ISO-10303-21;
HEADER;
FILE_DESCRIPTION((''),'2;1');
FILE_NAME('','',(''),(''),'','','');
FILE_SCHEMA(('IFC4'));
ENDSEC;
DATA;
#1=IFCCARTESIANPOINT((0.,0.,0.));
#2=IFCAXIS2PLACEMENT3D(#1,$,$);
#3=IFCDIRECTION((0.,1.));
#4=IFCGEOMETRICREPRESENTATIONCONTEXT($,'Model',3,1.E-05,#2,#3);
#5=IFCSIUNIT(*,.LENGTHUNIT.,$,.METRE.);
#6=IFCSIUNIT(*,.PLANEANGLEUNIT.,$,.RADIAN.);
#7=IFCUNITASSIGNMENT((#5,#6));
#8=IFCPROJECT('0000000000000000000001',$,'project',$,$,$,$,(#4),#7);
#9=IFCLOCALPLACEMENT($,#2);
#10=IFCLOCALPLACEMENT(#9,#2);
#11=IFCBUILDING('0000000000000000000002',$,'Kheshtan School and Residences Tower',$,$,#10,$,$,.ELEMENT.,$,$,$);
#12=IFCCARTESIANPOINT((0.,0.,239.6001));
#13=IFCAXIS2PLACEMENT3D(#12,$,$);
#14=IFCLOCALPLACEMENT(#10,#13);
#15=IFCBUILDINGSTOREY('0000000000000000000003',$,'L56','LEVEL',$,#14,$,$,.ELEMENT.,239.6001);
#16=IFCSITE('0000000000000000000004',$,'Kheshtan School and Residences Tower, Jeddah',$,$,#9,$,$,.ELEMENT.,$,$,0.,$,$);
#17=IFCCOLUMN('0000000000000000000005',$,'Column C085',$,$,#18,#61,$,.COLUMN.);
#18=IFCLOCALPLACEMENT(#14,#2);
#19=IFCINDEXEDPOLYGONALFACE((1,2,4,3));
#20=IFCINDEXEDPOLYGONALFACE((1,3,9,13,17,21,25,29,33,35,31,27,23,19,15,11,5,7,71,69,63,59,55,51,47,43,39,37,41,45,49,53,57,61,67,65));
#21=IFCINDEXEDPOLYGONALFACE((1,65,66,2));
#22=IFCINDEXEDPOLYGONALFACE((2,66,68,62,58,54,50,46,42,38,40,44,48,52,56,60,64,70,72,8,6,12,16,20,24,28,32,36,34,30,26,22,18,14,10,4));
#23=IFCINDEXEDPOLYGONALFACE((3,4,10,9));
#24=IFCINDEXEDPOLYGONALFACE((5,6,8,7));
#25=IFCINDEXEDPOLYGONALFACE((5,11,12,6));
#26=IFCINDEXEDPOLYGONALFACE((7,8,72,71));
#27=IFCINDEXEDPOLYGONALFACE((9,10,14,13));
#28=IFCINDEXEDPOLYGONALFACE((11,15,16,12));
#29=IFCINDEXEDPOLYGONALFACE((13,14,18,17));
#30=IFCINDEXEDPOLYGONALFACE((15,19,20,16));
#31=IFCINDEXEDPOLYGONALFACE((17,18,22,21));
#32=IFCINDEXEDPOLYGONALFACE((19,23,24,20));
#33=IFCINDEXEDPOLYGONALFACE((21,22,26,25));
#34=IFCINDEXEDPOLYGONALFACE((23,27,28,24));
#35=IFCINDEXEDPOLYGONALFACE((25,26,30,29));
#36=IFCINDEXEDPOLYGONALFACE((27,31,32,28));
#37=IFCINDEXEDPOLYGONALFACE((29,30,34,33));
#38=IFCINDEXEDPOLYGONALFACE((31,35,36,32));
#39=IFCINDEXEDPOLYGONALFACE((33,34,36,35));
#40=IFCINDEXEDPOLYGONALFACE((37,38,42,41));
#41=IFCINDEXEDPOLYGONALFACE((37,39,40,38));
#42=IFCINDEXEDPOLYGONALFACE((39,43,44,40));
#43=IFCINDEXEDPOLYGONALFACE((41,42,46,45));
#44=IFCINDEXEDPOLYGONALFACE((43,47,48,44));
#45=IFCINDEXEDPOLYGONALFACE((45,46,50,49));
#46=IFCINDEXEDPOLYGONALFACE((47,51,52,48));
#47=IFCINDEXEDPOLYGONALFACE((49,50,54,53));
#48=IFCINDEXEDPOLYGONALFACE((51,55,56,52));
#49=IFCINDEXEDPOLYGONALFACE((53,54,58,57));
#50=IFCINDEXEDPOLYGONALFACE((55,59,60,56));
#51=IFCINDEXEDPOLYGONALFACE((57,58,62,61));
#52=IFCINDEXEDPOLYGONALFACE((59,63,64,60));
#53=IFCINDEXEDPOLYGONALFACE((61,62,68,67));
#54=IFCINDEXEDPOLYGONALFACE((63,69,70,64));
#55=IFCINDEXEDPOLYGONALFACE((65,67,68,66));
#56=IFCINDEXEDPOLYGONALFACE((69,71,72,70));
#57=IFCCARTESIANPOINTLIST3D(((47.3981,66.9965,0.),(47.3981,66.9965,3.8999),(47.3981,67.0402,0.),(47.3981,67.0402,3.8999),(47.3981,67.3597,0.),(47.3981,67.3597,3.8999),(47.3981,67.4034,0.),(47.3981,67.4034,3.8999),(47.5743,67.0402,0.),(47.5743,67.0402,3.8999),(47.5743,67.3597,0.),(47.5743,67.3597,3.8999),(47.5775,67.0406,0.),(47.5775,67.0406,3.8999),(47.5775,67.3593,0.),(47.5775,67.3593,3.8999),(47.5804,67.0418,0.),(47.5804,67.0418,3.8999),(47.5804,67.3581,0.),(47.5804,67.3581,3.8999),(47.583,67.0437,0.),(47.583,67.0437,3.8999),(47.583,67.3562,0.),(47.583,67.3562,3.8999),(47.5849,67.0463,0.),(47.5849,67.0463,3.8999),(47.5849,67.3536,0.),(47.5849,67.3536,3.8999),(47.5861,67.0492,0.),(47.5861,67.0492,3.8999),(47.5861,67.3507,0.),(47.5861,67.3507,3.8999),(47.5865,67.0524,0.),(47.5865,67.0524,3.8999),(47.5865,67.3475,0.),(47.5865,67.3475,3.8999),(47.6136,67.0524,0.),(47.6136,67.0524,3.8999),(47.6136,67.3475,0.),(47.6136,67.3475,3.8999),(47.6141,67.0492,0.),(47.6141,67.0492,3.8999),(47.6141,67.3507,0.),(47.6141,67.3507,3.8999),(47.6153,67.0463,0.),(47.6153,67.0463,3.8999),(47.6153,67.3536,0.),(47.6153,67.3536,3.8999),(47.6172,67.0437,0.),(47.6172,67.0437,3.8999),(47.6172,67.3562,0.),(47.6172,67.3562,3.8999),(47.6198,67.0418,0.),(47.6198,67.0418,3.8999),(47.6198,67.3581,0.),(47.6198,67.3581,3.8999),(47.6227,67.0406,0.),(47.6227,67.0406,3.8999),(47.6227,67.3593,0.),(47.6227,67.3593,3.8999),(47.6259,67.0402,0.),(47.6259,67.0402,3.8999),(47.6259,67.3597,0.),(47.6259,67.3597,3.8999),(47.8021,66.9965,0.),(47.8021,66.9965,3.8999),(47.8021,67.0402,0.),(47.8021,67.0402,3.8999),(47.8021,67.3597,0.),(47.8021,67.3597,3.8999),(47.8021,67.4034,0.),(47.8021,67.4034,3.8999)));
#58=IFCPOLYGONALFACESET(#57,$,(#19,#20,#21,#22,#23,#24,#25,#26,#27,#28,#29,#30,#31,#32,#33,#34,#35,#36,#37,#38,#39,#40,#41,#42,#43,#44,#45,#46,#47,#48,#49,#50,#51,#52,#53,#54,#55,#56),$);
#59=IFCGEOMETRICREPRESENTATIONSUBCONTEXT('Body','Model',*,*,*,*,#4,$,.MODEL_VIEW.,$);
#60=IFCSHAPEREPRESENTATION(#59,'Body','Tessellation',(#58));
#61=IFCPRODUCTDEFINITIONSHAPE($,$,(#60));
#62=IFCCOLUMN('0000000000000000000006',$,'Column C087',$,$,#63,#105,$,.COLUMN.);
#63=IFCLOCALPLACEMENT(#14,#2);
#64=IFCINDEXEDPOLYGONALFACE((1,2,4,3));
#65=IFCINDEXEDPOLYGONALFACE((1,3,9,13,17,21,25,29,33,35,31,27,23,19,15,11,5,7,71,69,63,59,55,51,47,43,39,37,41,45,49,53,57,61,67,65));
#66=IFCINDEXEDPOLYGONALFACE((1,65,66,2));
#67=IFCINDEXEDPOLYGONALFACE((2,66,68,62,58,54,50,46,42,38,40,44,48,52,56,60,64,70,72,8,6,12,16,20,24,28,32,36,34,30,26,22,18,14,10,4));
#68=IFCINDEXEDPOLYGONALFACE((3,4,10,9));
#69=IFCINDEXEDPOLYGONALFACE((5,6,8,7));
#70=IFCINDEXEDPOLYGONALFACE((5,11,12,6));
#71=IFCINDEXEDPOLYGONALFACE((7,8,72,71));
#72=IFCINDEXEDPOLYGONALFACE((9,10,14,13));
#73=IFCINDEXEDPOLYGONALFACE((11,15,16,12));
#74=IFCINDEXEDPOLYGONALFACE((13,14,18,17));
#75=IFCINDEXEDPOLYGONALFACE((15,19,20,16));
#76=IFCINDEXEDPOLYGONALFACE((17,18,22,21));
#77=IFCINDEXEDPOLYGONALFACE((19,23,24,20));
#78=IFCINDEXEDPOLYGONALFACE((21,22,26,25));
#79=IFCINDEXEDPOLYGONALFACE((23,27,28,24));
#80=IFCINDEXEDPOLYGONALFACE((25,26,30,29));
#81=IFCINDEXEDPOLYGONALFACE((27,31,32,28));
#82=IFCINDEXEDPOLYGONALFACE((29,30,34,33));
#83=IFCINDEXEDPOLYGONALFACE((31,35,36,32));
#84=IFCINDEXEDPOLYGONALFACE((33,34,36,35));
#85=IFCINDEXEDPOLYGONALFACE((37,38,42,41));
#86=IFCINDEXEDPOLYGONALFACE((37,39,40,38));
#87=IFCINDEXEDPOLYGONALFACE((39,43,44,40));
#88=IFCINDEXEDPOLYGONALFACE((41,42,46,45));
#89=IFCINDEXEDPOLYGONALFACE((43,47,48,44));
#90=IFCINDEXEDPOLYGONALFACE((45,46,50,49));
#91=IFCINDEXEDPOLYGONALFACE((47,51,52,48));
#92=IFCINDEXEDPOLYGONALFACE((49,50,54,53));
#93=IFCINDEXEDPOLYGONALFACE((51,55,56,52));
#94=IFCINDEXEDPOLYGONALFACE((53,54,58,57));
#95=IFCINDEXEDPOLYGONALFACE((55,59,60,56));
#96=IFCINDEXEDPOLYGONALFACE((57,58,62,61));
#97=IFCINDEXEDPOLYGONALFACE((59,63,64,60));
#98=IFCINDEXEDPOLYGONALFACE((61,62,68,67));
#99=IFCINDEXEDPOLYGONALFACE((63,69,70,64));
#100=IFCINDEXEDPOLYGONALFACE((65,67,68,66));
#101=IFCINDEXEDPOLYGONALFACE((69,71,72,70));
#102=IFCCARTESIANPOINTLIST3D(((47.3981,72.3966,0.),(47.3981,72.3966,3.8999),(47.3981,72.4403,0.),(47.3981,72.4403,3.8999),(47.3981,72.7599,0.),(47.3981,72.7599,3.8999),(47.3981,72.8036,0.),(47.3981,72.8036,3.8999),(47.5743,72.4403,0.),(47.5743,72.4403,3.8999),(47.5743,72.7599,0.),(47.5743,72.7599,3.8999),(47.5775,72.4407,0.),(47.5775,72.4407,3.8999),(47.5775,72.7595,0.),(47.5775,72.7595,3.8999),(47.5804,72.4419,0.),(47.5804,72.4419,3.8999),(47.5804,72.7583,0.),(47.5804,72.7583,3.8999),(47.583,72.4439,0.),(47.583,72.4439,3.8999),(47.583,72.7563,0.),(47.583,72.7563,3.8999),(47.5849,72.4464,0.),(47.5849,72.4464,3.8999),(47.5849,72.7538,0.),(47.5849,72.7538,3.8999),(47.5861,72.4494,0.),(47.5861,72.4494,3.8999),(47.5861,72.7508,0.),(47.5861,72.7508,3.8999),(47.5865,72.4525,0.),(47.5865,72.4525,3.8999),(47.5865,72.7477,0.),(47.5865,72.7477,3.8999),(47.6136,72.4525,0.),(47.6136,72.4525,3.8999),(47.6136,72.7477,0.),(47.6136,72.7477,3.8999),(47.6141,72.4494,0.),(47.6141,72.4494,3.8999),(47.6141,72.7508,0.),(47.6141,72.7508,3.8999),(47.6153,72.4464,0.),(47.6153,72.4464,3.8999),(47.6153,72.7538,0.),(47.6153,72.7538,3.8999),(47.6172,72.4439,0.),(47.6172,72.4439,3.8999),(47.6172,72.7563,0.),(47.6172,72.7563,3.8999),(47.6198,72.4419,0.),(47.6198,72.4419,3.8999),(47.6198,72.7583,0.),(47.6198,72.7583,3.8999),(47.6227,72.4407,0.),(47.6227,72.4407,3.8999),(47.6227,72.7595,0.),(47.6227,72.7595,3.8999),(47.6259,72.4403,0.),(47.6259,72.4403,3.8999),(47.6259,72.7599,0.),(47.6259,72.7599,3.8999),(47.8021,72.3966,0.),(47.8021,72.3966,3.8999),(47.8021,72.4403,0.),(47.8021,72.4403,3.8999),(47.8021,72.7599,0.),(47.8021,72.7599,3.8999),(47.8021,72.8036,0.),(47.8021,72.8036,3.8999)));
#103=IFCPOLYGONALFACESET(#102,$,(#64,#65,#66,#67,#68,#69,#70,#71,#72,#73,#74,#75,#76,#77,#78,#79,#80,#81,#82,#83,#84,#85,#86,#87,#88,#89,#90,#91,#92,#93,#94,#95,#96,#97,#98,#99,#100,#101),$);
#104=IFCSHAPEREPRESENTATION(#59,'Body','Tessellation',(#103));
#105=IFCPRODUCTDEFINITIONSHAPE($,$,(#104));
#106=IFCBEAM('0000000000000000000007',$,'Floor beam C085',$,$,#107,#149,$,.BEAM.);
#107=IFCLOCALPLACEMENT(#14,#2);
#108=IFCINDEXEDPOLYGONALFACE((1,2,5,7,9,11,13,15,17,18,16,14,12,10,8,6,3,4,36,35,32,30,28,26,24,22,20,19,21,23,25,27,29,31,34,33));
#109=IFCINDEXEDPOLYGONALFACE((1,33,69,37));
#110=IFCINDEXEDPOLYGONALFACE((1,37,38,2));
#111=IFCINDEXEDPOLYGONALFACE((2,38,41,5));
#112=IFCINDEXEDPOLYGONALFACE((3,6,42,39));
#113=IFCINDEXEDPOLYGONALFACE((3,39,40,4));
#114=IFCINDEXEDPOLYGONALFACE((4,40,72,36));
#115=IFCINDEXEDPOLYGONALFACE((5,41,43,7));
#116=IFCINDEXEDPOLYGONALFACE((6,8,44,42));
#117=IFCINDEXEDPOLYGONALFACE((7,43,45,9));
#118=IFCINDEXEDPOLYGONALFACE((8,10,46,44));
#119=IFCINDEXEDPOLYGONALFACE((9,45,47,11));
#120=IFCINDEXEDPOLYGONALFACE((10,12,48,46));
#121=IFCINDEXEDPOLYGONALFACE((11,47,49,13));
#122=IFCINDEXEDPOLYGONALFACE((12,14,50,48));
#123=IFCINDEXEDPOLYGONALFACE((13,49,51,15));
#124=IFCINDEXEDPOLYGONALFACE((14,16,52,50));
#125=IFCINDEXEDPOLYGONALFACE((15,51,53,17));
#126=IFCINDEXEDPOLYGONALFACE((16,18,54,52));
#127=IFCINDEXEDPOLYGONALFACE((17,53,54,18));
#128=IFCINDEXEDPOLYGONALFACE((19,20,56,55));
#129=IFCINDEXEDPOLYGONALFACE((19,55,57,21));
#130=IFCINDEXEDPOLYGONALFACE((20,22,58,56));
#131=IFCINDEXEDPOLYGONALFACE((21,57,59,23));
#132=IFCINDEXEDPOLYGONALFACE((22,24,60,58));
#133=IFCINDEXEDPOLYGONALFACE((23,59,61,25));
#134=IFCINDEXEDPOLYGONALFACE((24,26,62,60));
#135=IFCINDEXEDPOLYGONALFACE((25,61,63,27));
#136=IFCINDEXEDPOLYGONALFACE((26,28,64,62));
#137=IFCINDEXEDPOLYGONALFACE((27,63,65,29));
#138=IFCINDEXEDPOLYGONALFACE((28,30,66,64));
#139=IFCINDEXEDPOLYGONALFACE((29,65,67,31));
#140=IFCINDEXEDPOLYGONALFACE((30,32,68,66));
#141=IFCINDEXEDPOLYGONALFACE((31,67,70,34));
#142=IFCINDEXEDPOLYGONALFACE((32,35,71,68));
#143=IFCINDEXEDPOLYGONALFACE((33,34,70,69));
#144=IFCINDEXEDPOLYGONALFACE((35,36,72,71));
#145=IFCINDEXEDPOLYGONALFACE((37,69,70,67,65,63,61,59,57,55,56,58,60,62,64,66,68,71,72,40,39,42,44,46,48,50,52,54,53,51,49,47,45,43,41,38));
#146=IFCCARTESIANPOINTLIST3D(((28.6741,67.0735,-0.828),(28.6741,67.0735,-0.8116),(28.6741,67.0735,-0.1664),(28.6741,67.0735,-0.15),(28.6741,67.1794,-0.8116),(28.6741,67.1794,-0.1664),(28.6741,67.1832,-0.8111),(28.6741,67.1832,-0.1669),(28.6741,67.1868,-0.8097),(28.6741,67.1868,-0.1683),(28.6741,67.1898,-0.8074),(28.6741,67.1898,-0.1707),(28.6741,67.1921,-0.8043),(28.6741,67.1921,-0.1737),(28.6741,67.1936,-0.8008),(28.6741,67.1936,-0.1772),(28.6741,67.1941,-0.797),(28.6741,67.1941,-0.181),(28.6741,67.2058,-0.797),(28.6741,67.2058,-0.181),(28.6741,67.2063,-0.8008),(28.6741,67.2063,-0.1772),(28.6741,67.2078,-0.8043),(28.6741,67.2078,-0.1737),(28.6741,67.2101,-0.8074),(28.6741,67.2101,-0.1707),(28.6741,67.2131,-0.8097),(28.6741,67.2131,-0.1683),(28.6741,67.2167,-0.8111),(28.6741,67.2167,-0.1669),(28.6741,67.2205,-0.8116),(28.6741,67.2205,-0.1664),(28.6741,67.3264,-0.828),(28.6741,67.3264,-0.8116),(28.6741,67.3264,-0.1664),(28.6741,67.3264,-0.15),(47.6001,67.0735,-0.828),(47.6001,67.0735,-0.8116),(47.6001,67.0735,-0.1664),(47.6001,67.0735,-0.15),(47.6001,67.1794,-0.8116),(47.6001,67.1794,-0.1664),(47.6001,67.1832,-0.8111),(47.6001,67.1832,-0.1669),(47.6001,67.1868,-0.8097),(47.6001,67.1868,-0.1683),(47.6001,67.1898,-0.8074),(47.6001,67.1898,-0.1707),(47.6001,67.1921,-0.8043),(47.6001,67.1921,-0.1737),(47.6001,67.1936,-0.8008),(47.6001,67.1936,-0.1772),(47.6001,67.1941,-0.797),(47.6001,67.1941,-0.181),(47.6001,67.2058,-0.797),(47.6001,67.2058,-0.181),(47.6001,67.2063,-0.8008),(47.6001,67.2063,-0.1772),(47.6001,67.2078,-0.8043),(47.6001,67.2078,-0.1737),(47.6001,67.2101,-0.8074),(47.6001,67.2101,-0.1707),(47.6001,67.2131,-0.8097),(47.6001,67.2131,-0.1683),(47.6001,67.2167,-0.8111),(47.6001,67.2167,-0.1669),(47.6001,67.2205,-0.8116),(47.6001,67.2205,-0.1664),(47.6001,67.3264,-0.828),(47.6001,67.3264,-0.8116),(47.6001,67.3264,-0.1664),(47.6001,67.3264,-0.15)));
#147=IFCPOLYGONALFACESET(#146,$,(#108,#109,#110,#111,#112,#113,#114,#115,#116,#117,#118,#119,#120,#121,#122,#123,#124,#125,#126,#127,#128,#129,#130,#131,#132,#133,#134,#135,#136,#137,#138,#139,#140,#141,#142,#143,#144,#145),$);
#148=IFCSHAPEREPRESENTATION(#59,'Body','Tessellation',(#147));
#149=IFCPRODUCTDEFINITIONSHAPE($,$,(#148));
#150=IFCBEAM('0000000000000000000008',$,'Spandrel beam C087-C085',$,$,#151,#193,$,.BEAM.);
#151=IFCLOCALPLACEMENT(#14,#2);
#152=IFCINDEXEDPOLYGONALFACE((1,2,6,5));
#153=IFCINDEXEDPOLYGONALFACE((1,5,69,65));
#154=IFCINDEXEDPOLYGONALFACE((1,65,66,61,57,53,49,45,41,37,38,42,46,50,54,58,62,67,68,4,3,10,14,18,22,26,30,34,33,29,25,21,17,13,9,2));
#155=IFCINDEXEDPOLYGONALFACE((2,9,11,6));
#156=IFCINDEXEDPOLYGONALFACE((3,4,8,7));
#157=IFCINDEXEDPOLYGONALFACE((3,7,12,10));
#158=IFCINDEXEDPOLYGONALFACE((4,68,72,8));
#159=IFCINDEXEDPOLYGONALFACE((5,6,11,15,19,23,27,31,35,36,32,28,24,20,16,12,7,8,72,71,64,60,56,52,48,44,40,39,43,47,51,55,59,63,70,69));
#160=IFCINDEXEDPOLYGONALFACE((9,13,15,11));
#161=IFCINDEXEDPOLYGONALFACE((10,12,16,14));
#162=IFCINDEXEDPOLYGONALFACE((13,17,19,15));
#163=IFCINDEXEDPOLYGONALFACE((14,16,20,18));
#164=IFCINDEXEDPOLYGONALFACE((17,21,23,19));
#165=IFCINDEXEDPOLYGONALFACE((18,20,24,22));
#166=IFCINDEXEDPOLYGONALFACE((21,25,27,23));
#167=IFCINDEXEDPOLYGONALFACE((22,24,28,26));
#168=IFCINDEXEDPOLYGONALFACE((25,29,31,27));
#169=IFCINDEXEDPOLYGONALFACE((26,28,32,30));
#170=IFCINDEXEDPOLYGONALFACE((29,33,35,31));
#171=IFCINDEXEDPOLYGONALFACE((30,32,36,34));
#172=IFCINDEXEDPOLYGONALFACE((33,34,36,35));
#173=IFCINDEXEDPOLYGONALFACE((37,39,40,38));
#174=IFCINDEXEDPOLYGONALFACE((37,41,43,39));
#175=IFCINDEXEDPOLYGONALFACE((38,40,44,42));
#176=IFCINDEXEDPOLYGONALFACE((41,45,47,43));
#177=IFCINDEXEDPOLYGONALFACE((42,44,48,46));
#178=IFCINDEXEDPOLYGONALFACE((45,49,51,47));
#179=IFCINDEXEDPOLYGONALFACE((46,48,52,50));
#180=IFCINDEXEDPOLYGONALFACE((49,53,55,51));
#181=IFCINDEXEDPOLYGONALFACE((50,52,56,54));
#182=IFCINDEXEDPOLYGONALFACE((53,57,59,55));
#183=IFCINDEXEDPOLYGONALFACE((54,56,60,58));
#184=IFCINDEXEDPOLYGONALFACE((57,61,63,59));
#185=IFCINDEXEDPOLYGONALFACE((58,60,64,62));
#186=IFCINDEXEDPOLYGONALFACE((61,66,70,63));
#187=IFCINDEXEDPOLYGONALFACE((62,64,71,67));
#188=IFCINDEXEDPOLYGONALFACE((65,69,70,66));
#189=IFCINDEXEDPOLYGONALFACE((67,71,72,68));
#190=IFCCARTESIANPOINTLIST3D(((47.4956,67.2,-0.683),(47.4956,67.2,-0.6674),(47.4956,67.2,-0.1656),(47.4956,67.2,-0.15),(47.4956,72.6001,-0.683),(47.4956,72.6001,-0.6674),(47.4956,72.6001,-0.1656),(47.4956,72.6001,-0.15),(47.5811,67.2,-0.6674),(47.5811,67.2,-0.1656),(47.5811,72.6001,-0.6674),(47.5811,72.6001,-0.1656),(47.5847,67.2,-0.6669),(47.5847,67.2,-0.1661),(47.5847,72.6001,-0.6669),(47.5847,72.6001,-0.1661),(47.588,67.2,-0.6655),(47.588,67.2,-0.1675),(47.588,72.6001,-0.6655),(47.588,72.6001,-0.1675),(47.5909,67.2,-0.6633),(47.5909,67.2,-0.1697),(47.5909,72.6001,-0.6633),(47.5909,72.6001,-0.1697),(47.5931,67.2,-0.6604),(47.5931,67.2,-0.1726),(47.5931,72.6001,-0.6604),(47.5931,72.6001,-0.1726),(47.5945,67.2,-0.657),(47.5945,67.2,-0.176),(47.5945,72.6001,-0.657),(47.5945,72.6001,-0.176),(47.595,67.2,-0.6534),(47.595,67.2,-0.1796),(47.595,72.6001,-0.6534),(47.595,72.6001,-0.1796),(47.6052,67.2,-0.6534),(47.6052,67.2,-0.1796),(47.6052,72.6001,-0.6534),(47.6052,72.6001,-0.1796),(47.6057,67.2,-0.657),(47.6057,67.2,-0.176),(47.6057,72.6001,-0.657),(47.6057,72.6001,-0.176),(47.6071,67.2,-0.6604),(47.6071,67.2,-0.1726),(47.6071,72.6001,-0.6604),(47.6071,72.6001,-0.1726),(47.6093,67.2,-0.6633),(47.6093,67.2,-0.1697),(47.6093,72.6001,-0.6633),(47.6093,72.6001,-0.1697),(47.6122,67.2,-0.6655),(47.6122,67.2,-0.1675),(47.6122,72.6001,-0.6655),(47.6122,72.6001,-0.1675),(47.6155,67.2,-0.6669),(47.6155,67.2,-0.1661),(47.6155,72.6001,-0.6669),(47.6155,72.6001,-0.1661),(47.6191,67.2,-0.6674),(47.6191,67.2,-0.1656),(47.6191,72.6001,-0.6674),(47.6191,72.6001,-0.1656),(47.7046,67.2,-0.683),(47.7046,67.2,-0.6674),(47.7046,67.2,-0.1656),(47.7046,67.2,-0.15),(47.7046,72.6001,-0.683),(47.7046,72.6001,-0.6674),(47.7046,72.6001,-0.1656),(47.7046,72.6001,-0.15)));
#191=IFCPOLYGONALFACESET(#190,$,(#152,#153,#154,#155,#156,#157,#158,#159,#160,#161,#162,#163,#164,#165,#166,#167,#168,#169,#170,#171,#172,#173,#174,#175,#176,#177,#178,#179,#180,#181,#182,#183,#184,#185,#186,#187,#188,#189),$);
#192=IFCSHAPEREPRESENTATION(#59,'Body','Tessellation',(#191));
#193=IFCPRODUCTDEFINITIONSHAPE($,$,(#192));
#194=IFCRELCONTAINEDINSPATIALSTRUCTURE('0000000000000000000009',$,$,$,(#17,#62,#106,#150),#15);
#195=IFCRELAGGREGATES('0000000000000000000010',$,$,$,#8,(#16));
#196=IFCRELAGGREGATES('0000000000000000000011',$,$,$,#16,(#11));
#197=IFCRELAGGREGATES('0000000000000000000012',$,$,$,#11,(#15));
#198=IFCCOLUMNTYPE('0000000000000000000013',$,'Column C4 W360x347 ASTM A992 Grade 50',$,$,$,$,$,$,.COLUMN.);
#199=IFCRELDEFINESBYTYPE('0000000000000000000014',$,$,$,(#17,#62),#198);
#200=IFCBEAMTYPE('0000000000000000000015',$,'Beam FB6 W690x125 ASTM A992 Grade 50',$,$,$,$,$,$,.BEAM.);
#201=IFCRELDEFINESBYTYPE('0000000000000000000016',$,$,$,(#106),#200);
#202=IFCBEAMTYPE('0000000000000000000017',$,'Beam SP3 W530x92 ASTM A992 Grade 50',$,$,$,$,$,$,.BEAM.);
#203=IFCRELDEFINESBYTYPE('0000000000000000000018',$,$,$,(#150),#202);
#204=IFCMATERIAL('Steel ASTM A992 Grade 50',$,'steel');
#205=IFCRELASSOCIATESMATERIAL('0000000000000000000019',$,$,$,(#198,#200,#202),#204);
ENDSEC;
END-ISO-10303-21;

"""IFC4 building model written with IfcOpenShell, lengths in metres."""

from ifc_helpers import new_model, si_unit, direction, frame, origin, origin_2d, place, context, subcontext, project, spatial, i_section, extrude, material, material_profile, profile_set, type_object, element, save


model = new_model("IFC4")

# Units and contexts
model_context = context("Model", 3, precision=1e-05, world=origin(), true_north=direction((0.0, 1.0)))
body_context = subcontext(model_context, "Body", "Model", "MODEL_VIEW")
ifc_project = project(units=[si_unit("LENGTHUNIT", "METRE"), si_unit("PLANEANGLEUNIT", "RADIAN")], contexts=[model_context])

# Site, building, storey
site_placement = place(None, origin())
site = spatial("IfcSite", under=ifc_project, at=site_placement, Name="Kheshtan School and Residences Tower, Jeddah", CompositionType="ELEMENT", RefElevation=0.0)
building_placement = place(site_placement, origin())
building = spatial("IfcBuilding", under=site, at=building_placement, Name="Kheshtan School and Residences Tower", CompositionType="ELEMENT")
storey_placement = place(building_placement, frame((0.0, 0.0, 239.6001)))
storey = spatial("IfcBuildingStorey", under=building, at=storey_placement, Name="L56", Description="LEVEL", CompositionType="ELEMENT", Elevation=239.6001)

# Columns
ifc_material_1 = material(Name="Steel ASTM A992 Grade 50", Category="steel")
ifc_material_profile_1 = material_profile(ifc_material_1, i_section(OverallWidth=0.4041, OverallDepth=0.407, WebThickness=0.0271, FlangeThickness=0.0437, FilletRadius=0.0122, at=origin_2d()), Name="W360x347")
ifc_profile_set_1 = profile_set([ifc_material_profile_1], Name="Steel ASTM A992 Grade 50")
column_type = type_object("IfcColumnType", Name="Column C4 W360x347 ASTM A992 Grade 50", PredefinedType="COLUMN", material=ifc_profile_set_1)
for number, where, z_axis, x_axis, name in (
    (1, (47.6001, 67.2, 0.0), (0.0, 0.0, 1.0), (1.0, 0.0, 0.0), "Column C085"),
    (2, (47.6001, 72.6001, 0.0), (0.0, 0.0, 1.0), (1.0, 0.0, 0.0), "Column C087"),
):
    element("IfcColumn", number, at=place(storey_placement, frame(where, z_axis=z_axis, x_axis=x_axis)), inside=storey, type_object=column_type, Name=name, PredefinedType="COLUMN", context=body_context, shape_type="SweptSolid", body=[
        extrude(i_section(OverallWidth=0.4041, OverallDepth=0.407, WebThickness=0.0271, FlangeThickness=0.0437, FilletRadius=0.0122, at=origin_2d()), origin(), (0.0, 0.0, 1.0), 3.8999),
    ])

# Beams
ifc_material_profile_2 = material_profile(ifc_material_1, i_section(OverallWidth=0.2529, OverallDepth=0.678, WebThickness=0.0117, FlangeThickness=0.0164, FilletRadius=0.0146, at=origin_2d()), Name="W690x125")
ifc_profile_set_2 = profile_set([ifc_material_profile_2], Name="Steel ASTM A992 Grade 50")
beam_type_1 = type_object("IfcBeamType", Name="Beam FB6 W690x125 ASTM A992 Grade 50", PredefinedType="BEAM", material=ifc_profile_set_2)
beam_1_placement = place(storey_placement, frame((47.6001, 67.2, -0.489), z_axis=(-1.0, 0.0, 0.0), x_axis=(0.0, -1.0, 0.0)))
element("IfcBeam", 3, at=beam_1_placement, inside=storey, type_object=beam_type_1, Name="Floor beam C085", PredefinedType="BEAM", context=body_context, shape_type="SweptSolid", body=[
    extrude(i_section(OverallWidth=0.2529, OverallDepth=0.678, WebThickness=0.0117, FlangeThickness=0.0164, FilletRadius=0.0146, at=origin_2d()), origin(), (0.0, 0.0, 1.0), 18.926),
])
ifc_material_profile_3 = material_profile(ifc_material_1, i_section(OverallWidth=0.209, OverallDepth=0.533, WebThickness=0.0103, FlangeThickness=0.0156, FilletRadius=0.0139, at=origin_2d()), Name="W530x92")
ifc_profile_set_3 = profile_set([ifc_material_profile_3], Name="Steel ASTM A992 Grade 50")
beam_type_2 = type_object("IfcBeamType", Name="Beam SP3 W530x92 ASTM A992 Grade 50", PredefinedType="BEAM", material=ifc_profile_set_3)
beam_2_placement = place(storey_placement, frame((47.6001, 72.6001, -0.4165), z_axis=(0.0, -1.0, 0.0), x_axis=(1.0, 0.0, 0.0)))
element("IfcBeam", 4, at=beam_2_placement, inside=storey, type_object=beam_type_2, Name="Spandrel beam C087-C085", PredefinedType="BEAM", context=body_context, shape_type="SweptSolid", body=[
    extrude(i_section(OverallWidth=0.209, OverallDepth=0.533, WebThickness=0.0103, FlangeThickness=0.0156, FilletRadius=0.0139, at=origin_2d()), origin(), (0.0, 0.0, 1.0), 5.4001),
])

save(model, "model.ifc")
